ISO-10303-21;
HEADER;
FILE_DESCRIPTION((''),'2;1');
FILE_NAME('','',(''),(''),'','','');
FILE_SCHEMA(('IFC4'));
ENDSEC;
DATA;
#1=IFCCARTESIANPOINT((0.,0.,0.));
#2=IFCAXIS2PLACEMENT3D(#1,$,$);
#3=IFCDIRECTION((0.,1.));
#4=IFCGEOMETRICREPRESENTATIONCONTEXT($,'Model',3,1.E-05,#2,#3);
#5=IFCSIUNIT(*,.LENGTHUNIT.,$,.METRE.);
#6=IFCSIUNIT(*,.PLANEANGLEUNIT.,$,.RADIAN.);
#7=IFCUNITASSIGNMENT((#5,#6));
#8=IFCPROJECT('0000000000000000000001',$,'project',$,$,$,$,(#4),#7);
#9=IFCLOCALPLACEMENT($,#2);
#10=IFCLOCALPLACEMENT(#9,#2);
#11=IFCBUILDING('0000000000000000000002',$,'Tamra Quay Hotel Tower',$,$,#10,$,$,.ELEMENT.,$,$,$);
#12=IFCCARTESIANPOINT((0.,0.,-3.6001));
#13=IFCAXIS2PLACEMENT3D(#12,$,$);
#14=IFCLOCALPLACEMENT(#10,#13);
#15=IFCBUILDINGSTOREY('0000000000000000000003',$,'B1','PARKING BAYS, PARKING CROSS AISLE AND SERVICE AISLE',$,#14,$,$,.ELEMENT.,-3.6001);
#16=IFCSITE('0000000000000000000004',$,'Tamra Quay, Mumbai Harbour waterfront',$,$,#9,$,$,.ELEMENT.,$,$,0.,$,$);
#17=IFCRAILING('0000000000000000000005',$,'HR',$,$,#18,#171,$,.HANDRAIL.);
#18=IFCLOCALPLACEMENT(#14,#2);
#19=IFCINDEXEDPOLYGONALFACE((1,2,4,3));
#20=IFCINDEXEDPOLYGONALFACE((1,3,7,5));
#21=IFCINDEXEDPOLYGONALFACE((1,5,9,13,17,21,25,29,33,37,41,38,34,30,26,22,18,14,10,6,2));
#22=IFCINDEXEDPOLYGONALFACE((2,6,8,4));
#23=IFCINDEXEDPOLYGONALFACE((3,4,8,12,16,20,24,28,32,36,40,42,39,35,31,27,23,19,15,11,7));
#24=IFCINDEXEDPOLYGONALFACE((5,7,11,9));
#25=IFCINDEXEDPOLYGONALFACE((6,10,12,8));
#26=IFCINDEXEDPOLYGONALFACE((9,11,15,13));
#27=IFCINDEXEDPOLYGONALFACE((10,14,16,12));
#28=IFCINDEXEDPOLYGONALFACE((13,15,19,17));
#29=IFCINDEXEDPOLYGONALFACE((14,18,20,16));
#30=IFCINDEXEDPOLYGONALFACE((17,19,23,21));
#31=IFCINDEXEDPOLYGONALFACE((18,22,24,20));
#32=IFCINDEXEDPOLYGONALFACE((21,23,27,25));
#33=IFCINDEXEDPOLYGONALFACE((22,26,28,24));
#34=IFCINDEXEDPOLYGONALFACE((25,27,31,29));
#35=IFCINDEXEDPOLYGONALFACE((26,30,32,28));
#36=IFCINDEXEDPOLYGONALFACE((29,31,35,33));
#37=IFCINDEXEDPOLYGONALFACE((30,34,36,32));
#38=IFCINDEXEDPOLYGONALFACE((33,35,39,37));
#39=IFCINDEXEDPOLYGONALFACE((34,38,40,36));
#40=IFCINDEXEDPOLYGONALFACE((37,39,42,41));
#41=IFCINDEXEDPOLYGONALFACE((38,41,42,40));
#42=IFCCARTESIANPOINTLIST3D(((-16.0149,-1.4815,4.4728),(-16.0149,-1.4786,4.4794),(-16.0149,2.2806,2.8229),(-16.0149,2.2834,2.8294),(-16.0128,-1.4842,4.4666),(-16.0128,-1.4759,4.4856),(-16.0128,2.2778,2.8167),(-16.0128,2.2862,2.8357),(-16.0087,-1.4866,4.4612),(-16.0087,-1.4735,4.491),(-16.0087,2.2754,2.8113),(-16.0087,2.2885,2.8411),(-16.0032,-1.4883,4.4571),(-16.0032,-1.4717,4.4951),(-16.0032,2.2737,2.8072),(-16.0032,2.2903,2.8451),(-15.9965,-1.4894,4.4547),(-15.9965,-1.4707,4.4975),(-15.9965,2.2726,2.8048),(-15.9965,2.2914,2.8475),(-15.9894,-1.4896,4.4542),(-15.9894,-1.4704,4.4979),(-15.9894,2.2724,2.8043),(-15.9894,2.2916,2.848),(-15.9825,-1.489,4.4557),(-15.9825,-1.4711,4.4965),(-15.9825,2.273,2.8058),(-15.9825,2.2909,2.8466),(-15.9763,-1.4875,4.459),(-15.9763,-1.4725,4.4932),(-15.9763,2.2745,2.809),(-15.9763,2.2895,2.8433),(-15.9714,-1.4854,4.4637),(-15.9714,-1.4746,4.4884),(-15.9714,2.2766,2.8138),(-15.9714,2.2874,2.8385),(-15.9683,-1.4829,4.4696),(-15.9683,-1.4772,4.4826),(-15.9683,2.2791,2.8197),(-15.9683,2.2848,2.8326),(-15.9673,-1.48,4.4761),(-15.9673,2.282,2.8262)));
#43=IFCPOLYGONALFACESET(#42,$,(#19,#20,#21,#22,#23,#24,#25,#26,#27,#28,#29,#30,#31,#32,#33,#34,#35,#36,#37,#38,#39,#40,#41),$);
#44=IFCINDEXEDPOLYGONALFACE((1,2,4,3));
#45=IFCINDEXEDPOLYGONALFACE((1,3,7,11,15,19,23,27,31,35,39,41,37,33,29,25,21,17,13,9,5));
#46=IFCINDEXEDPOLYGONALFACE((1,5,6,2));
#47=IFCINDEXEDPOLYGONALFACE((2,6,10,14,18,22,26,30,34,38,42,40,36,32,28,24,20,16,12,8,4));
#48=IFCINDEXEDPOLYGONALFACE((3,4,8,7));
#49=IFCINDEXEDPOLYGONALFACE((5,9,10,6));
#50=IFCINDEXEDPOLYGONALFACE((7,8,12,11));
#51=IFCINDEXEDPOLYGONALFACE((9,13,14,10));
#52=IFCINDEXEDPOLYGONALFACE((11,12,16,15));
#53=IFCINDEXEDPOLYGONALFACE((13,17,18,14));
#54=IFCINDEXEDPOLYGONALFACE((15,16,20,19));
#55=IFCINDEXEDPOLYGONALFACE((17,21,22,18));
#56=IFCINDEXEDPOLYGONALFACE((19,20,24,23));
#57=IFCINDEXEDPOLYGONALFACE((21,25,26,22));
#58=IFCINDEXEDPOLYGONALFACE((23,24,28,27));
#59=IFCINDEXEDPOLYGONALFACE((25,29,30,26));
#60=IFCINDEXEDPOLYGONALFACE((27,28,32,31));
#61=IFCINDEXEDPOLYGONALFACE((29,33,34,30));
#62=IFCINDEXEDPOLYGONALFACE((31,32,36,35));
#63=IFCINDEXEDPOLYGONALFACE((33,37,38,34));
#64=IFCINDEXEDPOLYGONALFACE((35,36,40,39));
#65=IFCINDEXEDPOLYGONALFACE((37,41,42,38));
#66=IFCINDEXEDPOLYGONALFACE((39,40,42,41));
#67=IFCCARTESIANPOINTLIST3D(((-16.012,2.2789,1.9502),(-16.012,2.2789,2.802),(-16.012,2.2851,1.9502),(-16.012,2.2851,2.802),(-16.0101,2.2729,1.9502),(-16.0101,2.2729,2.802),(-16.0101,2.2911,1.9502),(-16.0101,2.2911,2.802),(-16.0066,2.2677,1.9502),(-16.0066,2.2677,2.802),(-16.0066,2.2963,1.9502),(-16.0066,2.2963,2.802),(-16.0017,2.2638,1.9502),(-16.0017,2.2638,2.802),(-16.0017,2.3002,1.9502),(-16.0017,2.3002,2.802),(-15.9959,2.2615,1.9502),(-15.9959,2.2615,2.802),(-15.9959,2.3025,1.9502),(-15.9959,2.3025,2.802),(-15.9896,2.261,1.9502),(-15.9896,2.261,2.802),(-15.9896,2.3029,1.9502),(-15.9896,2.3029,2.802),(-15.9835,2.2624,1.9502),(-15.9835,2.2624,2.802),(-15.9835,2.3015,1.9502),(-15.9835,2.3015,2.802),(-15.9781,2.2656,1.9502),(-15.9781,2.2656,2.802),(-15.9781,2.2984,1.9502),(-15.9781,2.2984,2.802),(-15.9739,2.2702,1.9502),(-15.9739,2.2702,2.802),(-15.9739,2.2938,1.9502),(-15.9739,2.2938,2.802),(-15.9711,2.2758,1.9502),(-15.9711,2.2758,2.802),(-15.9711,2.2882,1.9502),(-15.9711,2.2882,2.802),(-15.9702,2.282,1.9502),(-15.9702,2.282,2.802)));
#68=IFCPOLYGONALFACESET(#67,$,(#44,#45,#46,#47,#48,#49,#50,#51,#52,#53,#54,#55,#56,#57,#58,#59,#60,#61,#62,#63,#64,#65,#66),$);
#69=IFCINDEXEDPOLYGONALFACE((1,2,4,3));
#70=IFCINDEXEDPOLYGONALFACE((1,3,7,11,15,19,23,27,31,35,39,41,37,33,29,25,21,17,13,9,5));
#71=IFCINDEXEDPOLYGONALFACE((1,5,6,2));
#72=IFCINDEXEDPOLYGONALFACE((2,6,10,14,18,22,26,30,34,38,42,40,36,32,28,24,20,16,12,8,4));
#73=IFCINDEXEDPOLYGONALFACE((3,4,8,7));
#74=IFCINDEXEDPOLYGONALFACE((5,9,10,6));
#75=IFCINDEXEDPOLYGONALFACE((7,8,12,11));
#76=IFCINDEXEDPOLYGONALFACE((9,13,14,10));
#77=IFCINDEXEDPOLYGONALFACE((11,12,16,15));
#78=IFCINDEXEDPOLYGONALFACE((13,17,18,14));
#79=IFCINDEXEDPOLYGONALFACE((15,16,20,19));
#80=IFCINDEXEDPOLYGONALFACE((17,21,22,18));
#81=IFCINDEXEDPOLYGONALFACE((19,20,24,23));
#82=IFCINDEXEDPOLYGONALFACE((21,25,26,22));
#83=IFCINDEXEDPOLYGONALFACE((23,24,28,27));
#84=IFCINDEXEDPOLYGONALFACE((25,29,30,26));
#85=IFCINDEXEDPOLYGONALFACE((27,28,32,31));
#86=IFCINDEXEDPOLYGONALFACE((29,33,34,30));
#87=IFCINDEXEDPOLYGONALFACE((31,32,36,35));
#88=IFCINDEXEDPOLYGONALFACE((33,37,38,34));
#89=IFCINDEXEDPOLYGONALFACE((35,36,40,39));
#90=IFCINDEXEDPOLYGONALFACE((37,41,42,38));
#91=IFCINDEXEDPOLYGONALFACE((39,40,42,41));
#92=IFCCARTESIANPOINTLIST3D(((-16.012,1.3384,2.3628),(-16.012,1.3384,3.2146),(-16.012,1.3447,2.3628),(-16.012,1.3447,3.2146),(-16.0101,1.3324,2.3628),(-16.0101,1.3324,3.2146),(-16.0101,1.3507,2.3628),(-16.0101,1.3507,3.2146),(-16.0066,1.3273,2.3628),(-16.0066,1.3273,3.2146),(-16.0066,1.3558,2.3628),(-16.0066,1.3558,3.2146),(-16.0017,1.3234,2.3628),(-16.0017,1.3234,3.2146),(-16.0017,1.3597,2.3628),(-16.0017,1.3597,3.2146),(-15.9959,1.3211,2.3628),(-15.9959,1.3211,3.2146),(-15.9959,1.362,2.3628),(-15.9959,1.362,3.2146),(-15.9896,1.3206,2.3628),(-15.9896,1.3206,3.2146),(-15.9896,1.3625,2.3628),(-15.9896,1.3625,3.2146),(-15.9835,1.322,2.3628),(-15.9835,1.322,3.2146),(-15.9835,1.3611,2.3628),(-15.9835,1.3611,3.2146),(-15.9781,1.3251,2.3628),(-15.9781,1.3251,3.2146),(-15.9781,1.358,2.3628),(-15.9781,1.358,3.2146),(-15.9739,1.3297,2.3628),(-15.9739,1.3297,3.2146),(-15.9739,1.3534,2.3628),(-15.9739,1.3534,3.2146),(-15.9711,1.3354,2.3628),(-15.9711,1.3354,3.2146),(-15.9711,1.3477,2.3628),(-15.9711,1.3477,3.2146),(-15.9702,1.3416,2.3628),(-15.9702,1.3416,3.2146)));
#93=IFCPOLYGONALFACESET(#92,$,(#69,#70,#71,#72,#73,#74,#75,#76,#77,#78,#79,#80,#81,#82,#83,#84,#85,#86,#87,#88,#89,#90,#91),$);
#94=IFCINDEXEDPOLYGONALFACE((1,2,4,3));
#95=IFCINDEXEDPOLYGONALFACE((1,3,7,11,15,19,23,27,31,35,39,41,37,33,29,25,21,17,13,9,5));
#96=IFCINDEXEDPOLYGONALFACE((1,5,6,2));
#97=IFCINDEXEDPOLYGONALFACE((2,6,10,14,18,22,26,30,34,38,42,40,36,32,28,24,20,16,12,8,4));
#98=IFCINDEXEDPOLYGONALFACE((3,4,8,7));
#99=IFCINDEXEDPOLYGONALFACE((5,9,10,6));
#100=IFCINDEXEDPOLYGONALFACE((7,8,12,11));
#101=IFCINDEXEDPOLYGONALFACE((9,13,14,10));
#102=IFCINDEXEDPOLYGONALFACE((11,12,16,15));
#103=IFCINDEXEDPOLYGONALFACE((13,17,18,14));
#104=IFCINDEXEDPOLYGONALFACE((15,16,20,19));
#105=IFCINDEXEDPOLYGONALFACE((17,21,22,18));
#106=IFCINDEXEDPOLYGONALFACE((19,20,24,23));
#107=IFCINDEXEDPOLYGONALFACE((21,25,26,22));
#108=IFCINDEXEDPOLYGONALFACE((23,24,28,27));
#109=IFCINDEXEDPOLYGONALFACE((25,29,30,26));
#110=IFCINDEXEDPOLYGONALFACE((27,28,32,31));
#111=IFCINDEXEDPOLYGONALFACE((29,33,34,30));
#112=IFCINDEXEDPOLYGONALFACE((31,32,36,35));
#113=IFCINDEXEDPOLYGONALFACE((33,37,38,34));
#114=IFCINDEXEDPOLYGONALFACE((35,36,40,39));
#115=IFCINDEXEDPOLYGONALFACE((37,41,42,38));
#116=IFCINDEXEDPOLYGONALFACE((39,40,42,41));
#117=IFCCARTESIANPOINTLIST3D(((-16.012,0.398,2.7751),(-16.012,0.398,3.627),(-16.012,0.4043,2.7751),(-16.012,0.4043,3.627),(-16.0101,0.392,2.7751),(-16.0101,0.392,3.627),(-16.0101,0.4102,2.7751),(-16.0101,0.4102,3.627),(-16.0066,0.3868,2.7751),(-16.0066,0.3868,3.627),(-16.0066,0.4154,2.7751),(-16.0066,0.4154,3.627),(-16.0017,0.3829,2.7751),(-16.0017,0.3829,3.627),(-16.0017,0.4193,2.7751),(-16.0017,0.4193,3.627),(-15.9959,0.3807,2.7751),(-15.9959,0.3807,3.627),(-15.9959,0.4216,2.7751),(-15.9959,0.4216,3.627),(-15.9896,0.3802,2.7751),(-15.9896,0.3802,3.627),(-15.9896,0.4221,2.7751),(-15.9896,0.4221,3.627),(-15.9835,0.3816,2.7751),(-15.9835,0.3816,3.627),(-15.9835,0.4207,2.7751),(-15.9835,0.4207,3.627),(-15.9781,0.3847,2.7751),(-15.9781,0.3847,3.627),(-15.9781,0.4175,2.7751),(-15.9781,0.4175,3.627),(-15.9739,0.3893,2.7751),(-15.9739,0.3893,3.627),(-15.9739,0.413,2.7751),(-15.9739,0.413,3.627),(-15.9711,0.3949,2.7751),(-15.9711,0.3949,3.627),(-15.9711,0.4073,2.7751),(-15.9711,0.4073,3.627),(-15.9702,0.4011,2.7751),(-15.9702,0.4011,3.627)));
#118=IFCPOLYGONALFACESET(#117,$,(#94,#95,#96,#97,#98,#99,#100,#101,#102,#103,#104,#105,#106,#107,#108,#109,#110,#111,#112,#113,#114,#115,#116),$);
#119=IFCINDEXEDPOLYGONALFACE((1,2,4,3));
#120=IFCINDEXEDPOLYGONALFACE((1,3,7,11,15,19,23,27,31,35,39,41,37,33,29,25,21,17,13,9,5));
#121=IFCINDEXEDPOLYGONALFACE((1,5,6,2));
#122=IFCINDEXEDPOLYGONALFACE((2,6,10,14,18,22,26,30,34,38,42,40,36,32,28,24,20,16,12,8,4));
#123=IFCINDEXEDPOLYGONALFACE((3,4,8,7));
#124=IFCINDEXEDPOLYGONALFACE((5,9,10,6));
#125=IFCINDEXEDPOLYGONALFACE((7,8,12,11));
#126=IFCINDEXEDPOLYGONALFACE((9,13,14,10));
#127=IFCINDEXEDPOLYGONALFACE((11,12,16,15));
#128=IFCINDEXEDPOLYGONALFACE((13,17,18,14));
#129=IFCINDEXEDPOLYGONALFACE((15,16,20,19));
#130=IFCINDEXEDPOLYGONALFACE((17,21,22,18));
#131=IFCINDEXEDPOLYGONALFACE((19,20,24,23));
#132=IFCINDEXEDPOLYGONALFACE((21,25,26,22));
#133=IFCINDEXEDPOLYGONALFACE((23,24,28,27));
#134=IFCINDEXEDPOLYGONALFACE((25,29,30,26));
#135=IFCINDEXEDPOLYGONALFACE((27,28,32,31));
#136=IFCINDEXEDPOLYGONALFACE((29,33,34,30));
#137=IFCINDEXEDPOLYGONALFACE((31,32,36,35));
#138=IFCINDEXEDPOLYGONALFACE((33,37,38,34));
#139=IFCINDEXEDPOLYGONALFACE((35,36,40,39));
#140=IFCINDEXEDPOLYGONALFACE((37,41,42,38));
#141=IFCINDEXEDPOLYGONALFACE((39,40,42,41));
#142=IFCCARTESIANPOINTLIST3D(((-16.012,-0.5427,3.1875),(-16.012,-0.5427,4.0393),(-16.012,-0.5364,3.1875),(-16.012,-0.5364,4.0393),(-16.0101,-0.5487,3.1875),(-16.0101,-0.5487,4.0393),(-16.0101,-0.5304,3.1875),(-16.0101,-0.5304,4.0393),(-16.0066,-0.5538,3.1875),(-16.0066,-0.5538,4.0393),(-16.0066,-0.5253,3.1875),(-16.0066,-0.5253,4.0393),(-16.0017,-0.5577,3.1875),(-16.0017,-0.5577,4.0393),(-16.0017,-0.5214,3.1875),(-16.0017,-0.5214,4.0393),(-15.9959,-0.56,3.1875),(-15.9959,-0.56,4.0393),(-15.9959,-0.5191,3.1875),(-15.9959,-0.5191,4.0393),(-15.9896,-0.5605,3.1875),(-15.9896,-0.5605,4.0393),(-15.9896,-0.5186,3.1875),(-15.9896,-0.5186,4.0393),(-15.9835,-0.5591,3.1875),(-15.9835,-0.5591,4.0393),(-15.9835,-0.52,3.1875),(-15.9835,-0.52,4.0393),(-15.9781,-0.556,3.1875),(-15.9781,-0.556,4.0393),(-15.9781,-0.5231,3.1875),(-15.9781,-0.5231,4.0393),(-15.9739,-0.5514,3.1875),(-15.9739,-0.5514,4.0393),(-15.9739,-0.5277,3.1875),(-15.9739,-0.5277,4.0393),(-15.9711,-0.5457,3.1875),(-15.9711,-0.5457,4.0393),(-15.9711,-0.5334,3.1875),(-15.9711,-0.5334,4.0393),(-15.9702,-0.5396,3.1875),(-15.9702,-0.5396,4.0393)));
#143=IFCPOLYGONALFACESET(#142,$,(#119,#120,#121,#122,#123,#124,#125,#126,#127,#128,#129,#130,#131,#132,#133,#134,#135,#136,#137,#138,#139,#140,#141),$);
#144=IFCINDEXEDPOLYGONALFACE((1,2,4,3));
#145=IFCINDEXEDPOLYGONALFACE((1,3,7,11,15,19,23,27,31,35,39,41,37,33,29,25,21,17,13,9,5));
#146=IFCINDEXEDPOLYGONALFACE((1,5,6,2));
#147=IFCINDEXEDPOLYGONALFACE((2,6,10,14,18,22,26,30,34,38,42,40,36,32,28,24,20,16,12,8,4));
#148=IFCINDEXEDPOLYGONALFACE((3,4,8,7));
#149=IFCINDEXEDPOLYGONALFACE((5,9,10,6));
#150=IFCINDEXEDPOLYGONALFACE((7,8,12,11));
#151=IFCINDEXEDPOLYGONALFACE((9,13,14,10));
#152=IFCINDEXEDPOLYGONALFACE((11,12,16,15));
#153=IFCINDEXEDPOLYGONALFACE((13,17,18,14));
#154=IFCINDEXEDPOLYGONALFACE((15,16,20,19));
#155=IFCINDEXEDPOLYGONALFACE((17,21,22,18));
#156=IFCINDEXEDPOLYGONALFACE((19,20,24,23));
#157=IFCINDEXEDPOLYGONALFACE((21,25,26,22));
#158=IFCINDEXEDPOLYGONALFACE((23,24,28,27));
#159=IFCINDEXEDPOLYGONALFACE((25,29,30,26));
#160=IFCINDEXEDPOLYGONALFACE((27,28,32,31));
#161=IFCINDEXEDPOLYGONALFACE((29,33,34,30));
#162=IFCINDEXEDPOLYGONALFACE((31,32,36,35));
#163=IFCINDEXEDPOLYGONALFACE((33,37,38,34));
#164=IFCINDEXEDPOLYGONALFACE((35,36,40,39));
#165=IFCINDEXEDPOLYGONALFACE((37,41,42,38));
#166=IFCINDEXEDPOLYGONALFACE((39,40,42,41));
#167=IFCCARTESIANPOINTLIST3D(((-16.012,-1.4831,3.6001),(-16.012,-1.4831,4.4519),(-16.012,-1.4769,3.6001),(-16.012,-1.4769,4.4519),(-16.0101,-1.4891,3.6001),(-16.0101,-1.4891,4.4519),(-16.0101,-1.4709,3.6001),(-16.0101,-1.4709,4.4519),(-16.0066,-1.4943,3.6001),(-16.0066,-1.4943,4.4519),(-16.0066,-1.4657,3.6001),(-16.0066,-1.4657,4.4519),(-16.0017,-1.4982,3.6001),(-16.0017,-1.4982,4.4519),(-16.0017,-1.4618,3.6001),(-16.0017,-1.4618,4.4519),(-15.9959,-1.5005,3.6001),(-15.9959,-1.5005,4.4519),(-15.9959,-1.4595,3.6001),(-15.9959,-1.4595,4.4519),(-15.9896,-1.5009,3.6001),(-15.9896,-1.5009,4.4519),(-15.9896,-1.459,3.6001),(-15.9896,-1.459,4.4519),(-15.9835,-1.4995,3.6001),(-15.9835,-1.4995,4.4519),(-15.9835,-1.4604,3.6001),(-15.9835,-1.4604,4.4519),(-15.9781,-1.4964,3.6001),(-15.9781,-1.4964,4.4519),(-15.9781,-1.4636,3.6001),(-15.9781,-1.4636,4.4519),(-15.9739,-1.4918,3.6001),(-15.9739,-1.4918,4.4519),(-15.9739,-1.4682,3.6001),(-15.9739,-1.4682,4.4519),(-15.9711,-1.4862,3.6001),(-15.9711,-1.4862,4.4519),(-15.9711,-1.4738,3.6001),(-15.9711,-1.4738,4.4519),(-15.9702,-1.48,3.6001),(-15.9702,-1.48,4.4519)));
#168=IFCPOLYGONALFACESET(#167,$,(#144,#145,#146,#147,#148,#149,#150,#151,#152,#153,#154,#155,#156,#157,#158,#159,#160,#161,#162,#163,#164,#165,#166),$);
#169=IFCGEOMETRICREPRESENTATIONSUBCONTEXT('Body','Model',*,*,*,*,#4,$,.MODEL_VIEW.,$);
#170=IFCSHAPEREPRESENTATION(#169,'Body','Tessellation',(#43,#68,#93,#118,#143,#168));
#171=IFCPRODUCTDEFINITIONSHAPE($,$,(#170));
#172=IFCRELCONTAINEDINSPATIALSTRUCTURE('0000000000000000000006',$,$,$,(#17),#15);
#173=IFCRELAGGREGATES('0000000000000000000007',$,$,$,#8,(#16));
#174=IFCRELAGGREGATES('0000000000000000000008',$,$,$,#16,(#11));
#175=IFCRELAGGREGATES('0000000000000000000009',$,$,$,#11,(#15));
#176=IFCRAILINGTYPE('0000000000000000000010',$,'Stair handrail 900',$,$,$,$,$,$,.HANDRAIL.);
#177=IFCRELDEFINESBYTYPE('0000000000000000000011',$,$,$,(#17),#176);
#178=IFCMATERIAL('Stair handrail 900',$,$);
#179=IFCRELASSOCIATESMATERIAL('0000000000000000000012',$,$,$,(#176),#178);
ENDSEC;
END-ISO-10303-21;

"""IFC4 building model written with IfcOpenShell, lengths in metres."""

from ifc_helpers import new_model, si_unit, direction, frame, origin, origin_2d, place, context, subcontext, project, spatial, circle, extrude, material, type_object, element, save


model = new_model("IFC4")

# Units and contexts
model_context = context("Model", 3, precision=1e-05, world=origin(), true_north=direction((0.0, 1.0)))
body_context = subcontext(model_context, "Body", "Model", "MODEL_VIEW")
ifc_project = project(units=[si_unit("LENGTHUNIT", "METRE"), si_unit("PLANEANGLEUNIT", "RADIAN")], contexts=[model_context])

# Site, building, storey
site_placement = place(None, origin())
site = spatial("IfcSite", under=ifc_project, at=site_placement, Name="Tamra Quay, Mumbai Harbour waterfront", CompositionType="ELEMENT", RefElevation=0.0)
building_placement = place(site_placement, origin())
building = spatial("IfcBuilding", under=site, at=building_placement, Name="Tamra Quay Hotel Tower", CompositionType="ELEMENT")
storey_placement = place(building_placement, frame((0.0, 0.0, -3.6001)))
storey = spatial("IfcBuildingStorey", under=building, at=storey_placement, Name="B1", Description="PARKING BAYS, PARKING CROSS AISLE AND SERVICE AISLE", CompositionType="ELEMENT", Elevation=-3.6001)

# Railing
ifc_material_1 = material(Name="Stair handrail 900")
railing_type = type_object("IfcRailingType", Name="Stair handrail 900", PredefinedType="HANDRAIL", material=ifc_material_1)
railing_placement = place(storey_placement, frame((-15.9912, 2.282, 1.9502)))
element("IfcRailing", 1, at=railing_placement, inside=storey, type_object=railing_type, Name="HR", PredefinedType="HANDRAIL", context=body_context, shape_type="SweptSolid", body=[
    extrude(circle(Radius=0.0239, at=origin_2d()), frame((0.0, 0.0, 0.876), z_axis=(0.0, -0.915795, 0.401645), x_axis=(1.0, 0.0, 0.0)), (0.0, 0.0, 1.0), 4.1079),
    extrude(circle(Radius=0.021, at=origin_2d()), origin(), (0.0, 0.0, 1.0), 0.8518),
    extrude(circle(Radius=0.021, at=origin_2d()), frame((0.0, -0.9404, 0.4126)), (0.0, 0.0, 1.0), 0.8518),
    extrude(circle(Radius=0.021, at=origin_2d()), frame((0.0, -1.8809, 0.825)), (0.0, 0.0, 1.0), 0.8518),
    extrude(circle(Radius=0.021, at=origin_2d()), frame((0.0, -2.8215, 1.2373)), (0.0, 0.0, 1.0), 0.8518),
    extrude(circle(Radius=0.021, at=origin_2d()), frame((0.0, -3.762, 1.6499)), (0.0, 0.0, 1.0), 0.8518),
])

save(model, "model.ifc")
